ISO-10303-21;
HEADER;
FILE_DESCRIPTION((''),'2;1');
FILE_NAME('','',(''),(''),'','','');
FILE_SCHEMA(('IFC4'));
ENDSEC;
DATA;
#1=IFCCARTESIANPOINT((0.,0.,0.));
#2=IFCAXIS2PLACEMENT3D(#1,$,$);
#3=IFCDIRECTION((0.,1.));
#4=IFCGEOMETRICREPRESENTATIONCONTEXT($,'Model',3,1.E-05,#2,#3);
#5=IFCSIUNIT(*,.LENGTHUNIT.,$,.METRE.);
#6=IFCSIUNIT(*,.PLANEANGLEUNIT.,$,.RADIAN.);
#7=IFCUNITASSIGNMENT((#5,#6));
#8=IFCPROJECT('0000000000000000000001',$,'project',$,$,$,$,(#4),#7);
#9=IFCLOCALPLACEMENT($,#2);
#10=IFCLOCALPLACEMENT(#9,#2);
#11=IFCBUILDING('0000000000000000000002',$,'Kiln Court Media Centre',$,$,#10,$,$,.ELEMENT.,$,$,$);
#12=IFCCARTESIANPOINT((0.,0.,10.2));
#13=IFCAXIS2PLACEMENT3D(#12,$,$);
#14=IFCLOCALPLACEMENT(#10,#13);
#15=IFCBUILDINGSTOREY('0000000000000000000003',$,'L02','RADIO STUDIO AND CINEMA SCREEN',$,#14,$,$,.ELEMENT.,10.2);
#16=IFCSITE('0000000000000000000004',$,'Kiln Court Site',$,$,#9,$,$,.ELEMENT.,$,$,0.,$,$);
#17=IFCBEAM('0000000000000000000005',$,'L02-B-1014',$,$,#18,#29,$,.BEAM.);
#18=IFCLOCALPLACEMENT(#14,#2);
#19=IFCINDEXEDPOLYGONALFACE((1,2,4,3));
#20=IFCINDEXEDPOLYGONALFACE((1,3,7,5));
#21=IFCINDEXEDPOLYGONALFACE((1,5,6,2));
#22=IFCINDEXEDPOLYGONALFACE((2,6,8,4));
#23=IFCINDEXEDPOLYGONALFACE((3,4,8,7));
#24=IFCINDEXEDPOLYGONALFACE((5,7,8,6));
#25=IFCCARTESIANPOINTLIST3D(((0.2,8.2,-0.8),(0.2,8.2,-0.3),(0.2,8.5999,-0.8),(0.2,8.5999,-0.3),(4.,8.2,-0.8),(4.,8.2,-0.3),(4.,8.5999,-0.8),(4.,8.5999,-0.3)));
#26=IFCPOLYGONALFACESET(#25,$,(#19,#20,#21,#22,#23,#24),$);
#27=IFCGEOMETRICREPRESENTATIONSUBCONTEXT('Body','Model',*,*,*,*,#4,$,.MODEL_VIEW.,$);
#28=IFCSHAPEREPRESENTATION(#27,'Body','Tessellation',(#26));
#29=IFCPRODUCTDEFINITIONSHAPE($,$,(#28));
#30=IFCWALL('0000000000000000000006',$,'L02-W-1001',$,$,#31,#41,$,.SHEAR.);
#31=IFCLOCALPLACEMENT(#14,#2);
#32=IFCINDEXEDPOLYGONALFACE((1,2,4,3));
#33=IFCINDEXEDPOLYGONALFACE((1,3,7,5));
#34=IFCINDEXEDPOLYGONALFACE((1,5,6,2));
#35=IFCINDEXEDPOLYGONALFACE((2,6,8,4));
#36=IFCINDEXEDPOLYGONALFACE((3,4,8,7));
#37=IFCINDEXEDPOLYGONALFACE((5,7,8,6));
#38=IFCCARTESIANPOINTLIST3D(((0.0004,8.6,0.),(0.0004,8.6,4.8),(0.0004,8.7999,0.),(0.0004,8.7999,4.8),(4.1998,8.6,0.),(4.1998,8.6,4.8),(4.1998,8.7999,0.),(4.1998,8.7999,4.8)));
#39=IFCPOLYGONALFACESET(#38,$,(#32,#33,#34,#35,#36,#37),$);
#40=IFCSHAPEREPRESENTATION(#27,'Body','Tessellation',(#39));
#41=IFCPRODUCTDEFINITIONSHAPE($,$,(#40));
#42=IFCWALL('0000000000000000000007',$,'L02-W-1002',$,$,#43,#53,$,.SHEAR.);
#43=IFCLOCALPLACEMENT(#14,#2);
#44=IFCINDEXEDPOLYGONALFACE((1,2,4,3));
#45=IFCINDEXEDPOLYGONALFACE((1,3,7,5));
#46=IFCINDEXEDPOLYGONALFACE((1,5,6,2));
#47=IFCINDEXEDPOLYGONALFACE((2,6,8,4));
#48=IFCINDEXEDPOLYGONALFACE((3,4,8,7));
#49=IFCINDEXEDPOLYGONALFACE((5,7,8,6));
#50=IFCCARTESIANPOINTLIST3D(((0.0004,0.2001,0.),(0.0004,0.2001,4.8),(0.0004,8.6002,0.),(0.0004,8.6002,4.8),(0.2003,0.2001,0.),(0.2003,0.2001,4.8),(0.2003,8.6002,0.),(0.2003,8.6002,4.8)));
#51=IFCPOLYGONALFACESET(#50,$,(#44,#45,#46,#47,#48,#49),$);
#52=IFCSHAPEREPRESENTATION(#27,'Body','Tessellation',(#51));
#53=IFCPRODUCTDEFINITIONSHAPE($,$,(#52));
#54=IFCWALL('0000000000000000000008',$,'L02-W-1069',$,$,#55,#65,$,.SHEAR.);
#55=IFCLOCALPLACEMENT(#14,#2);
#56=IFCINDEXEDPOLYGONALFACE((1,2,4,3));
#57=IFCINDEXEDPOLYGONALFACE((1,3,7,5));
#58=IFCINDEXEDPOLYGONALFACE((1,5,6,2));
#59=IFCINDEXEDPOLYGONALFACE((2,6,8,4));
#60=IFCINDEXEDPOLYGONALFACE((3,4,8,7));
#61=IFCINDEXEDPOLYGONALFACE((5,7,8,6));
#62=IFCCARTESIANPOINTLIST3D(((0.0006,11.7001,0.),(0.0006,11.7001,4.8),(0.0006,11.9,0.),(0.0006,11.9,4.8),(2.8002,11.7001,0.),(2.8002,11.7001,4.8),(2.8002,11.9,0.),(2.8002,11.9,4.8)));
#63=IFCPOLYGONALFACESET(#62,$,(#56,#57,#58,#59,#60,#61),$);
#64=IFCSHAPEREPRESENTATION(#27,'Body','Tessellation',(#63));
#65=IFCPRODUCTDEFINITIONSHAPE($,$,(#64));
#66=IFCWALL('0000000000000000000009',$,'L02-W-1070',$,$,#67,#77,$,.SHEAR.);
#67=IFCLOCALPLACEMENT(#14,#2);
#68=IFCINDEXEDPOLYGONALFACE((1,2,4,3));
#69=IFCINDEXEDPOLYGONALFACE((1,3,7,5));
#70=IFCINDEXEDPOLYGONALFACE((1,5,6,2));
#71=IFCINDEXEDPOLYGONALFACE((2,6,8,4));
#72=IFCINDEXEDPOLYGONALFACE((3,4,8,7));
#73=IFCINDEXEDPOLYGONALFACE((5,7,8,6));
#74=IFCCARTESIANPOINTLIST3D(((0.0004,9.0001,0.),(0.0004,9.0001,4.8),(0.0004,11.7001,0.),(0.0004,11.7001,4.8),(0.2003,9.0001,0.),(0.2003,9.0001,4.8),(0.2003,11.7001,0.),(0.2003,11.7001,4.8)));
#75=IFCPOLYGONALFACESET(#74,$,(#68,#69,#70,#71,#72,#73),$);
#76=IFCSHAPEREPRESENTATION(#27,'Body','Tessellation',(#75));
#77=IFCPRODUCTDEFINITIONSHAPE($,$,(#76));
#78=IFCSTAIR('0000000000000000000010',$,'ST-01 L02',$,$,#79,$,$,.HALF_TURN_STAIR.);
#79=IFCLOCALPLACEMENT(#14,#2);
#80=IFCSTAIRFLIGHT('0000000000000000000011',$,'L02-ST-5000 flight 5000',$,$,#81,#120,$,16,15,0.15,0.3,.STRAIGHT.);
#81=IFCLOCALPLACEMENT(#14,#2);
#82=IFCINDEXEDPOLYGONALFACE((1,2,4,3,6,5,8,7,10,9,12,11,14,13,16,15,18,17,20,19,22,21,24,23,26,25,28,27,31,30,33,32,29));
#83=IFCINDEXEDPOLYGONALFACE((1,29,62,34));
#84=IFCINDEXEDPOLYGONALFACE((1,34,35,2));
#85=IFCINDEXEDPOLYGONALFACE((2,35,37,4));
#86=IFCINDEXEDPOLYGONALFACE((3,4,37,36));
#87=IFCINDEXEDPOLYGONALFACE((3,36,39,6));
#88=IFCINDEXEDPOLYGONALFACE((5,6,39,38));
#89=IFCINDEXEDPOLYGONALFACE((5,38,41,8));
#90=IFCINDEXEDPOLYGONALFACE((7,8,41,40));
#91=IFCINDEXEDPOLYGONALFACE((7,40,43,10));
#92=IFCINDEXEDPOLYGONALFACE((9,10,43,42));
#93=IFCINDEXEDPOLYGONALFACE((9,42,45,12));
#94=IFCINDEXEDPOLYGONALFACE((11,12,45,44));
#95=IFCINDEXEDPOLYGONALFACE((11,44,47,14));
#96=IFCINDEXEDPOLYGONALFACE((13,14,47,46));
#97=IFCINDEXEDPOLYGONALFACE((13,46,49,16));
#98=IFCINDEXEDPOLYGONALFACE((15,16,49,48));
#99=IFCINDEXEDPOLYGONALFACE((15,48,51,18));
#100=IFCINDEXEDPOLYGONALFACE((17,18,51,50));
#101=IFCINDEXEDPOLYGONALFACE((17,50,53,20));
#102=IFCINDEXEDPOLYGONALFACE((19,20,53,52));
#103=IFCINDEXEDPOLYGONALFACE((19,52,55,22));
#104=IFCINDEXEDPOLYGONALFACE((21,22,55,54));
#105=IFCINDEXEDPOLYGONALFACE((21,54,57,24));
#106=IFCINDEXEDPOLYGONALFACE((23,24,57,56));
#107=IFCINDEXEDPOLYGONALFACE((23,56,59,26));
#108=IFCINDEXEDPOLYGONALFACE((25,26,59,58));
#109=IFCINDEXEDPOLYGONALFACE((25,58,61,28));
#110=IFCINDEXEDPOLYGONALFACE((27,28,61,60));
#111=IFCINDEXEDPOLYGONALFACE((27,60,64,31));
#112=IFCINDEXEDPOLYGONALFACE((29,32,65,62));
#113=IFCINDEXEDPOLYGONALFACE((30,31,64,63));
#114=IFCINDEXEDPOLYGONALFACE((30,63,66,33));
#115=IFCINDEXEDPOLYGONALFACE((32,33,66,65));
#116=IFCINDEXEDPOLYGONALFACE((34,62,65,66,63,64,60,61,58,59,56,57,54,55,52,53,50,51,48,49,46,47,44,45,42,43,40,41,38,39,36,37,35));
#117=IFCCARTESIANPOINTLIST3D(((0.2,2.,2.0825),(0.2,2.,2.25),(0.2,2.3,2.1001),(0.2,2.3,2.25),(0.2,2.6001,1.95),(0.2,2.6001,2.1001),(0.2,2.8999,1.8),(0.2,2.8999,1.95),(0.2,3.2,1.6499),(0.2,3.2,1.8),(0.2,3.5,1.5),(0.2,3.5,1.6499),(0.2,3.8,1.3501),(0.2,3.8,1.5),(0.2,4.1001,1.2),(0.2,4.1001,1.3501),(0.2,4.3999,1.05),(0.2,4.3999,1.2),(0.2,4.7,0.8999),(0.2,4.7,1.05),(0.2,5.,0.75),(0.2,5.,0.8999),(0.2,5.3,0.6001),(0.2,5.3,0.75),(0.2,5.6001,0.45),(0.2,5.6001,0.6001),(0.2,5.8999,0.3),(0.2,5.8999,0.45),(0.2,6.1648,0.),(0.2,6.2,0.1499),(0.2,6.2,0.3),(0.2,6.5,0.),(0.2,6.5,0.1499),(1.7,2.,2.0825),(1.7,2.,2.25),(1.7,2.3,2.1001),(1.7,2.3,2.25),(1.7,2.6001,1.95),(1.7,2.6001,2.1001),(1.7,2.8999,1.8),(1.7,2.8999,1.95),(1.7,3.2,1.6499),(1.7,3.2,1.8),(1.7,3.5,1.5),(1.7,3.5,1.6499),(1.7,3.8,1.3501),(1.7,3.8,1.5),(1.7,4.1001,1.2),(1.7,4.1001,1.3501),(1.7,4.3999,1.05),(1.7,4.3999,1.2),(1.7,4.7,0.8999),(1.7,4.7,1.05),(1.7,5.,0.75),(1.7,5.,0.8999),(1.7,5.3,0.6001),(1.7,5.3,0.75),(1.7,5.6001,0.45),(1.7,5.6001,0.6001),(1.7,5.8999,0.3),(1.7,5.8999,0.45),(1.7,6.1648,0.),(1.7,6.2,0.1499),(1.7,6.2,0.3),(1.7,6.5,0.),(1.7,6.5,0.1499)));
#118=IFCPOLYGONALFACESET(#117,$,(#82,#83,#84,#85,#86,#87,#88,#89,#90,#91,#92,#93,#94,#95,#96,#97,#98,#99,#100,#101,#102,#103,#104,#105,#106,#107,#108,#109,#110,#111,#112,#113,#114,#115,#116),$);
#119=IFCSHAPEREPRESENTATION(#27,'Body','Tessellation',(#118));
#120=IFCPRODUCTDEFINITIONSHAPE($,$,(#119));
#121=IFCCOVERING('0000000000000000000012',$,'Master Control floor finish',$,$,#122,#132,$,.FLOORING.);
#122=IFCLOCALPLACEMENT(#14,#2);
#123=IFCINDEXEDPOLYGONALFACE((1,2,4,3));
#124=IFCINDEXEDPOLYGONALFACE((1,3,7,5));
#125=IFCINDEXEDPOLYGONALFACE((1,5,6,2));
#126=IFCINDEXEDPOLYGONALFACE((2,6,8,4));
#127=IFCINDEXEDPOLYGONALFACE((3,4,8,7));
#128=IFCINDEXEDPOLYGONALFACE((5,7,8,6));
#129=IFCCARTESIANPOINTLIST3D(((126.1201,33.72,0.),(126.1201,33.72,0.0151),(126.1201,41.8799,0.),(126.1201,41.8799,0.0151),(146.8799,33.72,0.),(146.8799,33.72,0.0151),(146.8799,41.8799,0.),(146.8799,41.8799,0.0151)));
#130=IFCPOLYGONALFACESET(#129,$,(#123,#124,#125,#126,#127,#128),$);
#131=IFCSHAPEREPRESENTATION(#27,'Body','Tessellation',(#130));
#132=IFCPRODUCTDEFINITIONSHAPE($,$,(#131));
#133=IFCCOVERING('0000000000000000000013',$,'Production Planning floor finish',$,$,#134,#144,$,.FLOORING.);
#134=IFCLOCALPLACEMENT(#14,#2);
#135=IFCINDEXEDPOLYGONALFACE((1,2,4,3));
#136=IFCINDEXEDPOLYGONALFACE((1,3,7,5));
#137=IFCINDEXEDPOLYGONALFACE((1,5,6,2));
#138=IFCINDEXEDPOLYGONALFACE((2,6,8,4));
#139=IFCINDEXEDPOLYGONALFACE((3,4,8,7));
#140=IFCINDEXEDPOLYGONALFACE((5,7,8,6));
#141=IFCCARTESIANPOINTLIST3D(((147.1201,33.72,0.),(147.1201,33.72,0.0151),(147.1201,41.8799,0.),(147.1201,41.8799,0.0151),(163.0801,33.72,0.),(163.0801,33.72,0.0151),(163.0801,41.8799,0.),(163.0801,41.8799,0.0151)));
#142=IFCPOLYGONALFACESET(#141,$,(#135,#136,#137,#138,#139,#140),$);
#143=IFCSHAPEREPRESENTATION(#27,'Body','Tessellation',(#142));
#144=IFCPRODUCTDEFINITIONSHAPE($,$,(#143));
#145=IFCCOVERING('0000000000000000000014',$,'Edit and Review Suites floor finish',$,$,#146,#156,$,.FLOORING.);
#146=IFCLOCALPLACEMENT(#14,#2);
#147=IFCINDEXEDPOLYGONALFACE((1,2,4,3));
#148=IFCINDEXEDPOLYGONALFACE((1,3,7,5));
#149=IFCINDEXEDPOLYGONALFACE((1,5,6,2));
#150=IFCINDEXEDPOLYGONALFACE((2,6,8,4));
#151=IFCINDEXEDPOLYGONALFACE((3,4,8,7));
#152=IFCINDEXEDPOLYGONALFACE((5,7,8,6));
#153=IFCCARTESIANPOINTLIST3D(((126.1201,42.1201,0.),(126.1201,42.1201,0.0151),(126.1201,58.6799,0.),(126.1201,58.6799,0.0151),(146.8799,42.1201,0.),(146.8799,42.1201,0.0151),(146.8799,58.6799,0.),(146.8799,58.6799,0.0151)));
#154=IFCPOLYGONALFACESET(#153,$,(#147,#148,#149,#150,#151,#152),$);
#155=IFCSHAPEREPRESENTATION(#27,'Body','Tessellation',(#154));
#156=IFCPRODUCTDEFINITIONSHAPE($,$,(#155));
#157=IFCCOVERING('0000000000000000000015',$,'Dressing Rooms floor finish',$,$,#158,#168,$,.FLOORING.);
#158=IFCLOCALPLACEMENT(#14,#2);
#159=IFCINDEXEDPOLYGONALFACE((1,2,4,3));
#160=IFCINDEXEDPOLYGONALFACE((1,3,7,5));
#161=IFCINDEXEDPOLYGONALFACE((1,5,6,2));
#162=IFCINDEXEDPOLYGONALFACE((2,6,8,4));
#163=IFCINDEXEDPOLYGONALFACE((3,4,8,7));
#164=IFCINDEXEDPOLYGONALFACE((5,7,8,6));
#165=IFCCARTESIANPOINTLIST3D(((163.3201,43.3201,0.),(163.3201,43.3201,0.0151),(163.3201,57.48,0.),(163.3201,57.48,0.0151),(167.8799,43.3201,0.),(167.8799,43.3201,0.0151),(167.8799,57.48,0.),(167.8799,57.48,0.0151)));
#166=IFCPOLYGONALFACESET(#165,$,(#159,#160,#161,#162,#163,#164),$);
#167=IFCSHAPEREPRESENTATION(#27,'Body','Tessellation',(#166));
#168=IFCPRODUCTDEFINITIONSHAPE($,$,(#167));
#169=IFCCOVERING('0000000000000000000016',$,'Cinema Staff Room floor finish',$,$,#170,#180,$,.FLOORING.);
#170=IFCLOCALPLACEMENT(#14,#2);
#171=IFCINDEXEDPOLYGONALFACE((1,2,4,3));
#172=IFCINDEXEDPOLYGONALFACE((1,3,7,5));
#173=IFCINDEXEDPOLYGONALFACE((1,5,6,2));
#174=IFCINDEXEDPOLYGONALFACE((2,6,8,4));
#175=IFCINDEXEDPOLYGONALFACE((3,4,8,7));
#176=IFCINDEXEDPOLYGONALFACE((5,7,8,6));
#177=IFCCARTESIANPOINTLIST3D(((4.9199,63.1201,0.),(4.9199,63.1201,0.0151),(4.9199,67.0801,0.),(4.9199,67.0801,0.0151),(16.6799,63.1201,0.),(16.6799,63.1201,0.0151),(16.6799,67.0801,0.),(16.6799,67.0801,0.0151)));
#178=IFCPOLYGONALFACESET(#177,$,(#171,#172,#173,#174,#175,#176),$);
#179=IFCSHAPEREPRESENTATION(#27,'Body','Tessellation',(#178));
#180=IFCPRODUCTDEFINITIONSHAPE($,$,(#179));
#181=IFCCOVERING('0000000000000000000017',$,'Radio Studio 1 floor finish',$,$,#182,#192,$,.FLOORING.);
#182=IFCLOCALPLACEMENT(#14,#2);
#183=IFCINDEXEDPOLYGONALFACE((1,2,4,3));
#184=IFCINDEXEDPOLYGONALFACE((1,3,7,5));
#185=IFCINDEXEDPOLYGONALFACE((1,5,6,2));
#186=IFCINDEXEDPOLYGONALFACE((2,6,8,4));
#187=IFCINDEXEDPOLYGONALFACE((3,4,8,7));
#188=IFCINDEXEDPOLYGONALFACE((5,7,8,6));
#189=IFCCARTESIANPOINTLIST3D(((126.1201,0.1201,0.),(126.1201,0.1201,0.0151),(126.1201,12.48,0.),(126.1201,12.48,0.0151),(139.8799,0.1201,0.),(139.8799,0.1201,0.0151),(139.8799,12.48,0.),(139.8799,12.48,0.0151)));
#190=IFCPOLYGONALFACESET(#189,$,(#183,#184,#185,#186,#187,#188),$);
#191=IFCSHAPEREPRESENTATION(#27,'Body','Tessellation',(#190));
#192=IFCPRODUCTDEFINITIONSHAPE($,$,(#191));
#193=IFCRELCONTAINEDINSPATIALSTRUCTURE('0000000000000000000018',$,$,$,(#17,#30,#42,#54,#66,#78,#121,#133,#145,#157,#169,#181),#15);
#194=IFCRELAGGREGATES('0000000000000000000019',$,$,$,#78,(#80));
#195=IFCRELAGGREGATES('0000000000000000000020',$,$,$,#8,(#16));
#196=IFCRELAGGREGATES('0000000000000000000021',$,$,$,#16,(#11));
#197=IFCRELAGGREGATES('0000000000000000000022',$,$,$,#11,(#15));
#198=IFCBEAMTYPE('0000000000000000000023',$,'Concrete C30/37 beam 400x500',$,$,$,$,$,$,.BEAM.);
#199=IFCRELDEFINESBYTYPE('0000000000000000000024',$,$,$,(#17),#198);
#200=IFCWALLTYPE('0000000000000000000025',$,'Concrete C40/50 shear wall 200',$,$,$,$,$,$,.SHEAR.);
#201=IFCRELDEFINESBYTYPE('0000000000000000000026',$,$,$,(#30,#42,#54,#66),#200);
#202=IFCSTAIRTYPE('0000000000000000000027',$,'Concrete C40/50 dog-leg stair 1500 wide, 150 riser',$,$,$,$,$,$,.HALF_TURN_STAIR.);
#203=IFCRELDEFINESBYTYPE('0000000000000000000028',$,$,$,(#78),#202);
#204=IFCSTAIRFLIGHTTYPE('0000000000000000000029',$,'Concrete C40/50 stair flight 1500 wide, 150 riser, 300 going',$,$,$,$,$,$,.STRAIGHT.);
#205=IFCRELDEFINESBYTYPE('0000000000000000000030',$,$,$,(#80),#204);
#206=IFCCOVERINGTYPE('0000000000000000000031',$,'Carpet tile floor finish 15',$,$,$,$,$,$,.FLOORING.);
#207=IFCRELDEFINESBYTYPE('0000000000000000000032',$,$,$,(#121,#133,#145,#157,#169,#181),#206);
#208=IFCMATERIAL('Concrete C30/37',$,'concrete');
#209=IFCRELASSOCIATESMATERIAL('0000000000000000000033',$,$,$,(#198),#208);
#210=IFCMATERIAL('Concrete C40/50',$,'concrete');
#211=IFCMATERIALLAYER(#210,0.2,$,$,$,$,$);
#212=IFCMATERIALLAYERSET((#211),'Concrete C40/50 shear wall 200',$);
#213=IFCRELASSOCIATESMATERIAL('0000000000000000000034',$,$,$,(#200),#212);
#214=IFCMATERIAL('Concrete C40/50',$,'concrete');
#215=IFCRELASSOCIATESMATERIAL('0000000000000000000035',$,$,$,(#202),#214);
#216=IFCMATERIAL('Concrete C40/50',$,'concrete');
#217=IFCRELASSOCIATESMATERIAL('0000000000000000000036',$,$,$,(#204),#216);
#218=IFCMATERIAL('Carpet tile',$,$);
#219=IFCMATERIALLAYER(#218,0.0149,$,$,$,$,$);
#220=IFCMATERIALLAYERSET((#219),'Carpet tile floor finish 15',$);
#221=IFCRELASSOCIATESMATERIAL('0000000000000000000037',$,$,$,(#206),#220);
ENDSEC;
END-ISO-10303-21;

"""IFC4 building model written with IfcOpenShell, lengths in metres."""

from ifc_helpers import new_model, si_unit, direction, frame, frame_2d, origin, origin_2d, place, context, subcontext, project, spatial, polyline, rectangle, outline, extrude, material, layer, layer_set, material_profile, profile_set, type_object, element, aggregate, save


model = new_model("IFC4")

# Units and contexts
model_context = context("Model", 3, precision=1e-05, world=origin(), true_north=direction((0.0, 1.0)))
body_context = subcontext(model_context, "Body", "Model", "MODEL_VIEW")
ifc_project = project(units=[si_unit("LENGTHUNIT", "METRE"), si_unit("PLANEANGLEUNIT", "RADIAN")], contexts=[model_context])

# Site, building, storey
site_placement = place(None, origin())
site = spatial("IfcSite", under=ifc_project, at=site_placement, Name="Kiln Court Site", CompositionType="ELEMENT", RefElevation=0.0)
building_placement = place(site_placement, origin())
building = spatial("IfcBuilding", under=site, at=building_placement, Name="Kiln Court Media Centre", CompositionType="ELEMENT")
storey_placement = place(building_placement, frame((0.0, 0.0, 10.2)))
storey = spatial("IfcBuildingStorey", under=building, at=storey_placement, Name="L02", Description="RADIO STUDIO AND CINEMA SCREEN", CompositionType="ELEMENT", Elevation=10.2)

# Beam
ifc_material_1 = material(Name="Concrete C30/37", Category="concrete")
ifc_material_profile = material_profile(ifc_material_1, rectangle(XDim=0.3999, YDim=0.5, at=origin_2d()), Name="RC 400x500")
ifc_profile_set = profile_set([ifc_material_profile], Name="Concrete C30/37")
beam_type = type_object("IfcBeamType", Name="Concrete C30/37 beam 400x500", PredefinedType="BEAM", material=ifc_profile_set)
beam_placement = place(storey_placement, frame((0.2, 8.3999, -0.55), z_axis=(1.0, 0.0, 0.0), x_axis=(0.0, 1.0, 0.0)))
element("IfcBeam", 1, at=beam_placement, inside=storey, type_object=beam_type, Name="L02-B-1014", PredefinedType="BEAM", context=body_context, shape_type="SweptSolid", body=[
    extrude(rectangle(XDim=0.3999, YDim=0.5, at=origin_2d()), origin(), (0.0, 0.0, 1.0), 3.8),
])

# Walls
ifc_material_2 = material(Name="Concrete C40/50", Category="concrete")
ifc_layer_1 = layer(ifc_material_2, 0.2)
ifc_layer_set_1 = layer_set([ifc_layer_1], Name="Concrete C40/50 shear wall 200")
wall_type = type_object("IfcWallType", Name="Concrete C40/50 shear wall 200", PredefinedType="SHEAR", material=ifc_layer_set_1)
wall_1_placement = place(storey_placement, frame((0.0005, 8.7, 0.0), z_axis=(0.0, 0.0, 1.0), x_axis=(1.0, 0.0, 0.0)))
element("IfcWall", 2, at=wall_1_placement, inside=storey, type_object=wall_type, Name="L02-W-1001", PredefinedType="SHEAR", context=body_context, shape_type="SweptSolid", body=[
    extrude(rectangle(XDim=4.1995, YDim=0.2, at=frame_2d((2.0996, 0.0))), origin(), (0.0, 0.0, 1.0), 4.8),
])
wall_2_placement = place(storey_placement, frame((0.1003, 0.2, 0.0), z_axis=(0.0, 0.0, 1.0), x_axis=(0.0, 1.0, 0.0)))
element("IfcWall", 3, at=wall_2_placement, inside=storey, type_object=wall_type, Name="L02-W-1002", PredefinedType="SHEAR", context=body_context, shape_type="SweptSolid", body=[
    extrude(rectangle(XDim=8.4001, YDim=0.2, at=frame_2d((4.2002, 0.0))), origin(), (0.0, 0.0, 1.0), 4.8),
])
wall_3_placement = place(storey_placement, frame((0.0005, 11.8, 0.0), z_axis=(0.0, 0.0, 1.0), x_axis=(1.0, 0.0, 0.0)))
element("IfcWall", 4, at=wall_3_placement, inside=storey, type_object=wall_type, Name="L02-W-1069", PredefinedType="SHEAR", context=body_context, shape_type="SweptSolid", body=[
    extrude(rectangle(XDim=2.7996, YDim=0.2, at=frame_2d((1.3999, 0.0))), origin(), (0.0, 0.0, 1.0), 4.8),
])
wall_4_placement = place(storey_placement, frame((0.1003, 9.0, 0.0), z_axis=(0.0, 0.0, 1.0), x_axis=(0.0, 1.0, 0.0)))
element("IfcWall", 5, at=wall_4_placement, inside=storey, type_object=wall_type, Name="L02-W-1070", PredefinedType="SHEAR", context=body_context, shape_type="SweptSolid", body=[
    extrude(rectangle(XDim=2.7, YDim=0.2, at=frame_2d((1.3501, 0.0))), origin(), (0.0, 0.0, 1.0), 4.8),
])

# Stair, stair flight
ifc_material_3 = material(Name="Concrete C40/50", Category="concrete")
stair_type = type_object("IfcStairType", Name="Concrete C40/50 dog-leg stair 1500 wide, 150 riser", PredefinedType="HALF_TURN_STAIR", material=ifc_material_3)
stair_placement = place(storey_placement, origin())
stair = element("IfcStair", 6, at=stair_placement, inside=storey, type_object=stair_type, Name="ST-01 L02", PredefinedType="HALF_TURN_STAIR")
ifc_material_4 = material(Name="Concrete C40/50", Category="concrete")
stair_flight_type = type_object("IfcStairFlightType", Name="Concrete C40/50 stair flight 1500 wide, 150 riser, 300 going", PredefinedType="STRAIGHT", material=ifc_material_4)
stair_flight_placement = place(storey_placement, frame((0.95, 6.5, 0.0), z_axis=(0.0, 0.0, 1.0), x_axis=(0.0, -1.0, 0.0)))
stair_flight = element("IfcStairFlight", 7, at=stair_flight_placement, type_object=stair_flight_type, Name="L02-ST-5000 flight 5000", NumberOfRisers=16, NumberOfTreads=15, PredefinedType="STRAIGHT", RiserHeight=0.15, TreadLength=0.3, context=body_context, shape_type="SweptSolid", body=[
    extrude(outline(polyline([(0.0, 0.0), (0.0, 0.1499), (0.3, 0.1499), (0.3, 0.3), (0.6001, 0.3), (0.6001, 0.45), (0.8999, 0.45), (0.8999, 0.6001), (1.2, 0.6001), (1.2, 0.75), (1.5, 0.75), (1.5, 0.8999), (1.8, 0.8999), (1.8, 1.05), (2.1001, 1.05), (2.1001, 1.2), (2.3999, 1.2), (2.3999, 1.3501), (2.7, 1.3501), (2.7, 1.5), (3.0, 1.5), (3.0, 1.6499), (3.3, 1.6499), (3.3, 1.8), (3.6001, 1.8), (3.6001, 1.95), (3.8999, 1.95), (3.8999, 2.1001), (4.2, 2.1001), (4.2, 2.25), (4.5, 2.25), (4.5, 2.3999), (4.5, 2.0825), (0.3352, 0.0), (0.0, 0.0)])), frame((0.0, 0.75, 0.0), z_axis=(0.0, -1.0, 0.0), x_axis=(1.0, 0.0, 0.0)), (0.0, 0.0, 1.0), 1.5),
])
aggregate(stair, [stair_flight])

# Coverings
ifc_material_5 = material(Name="Carpet tile")
ifc_layer_2 = layer(ifc_material_5, 0.0149)
ifc_layer_set_2 = layer_set([ifc_layer_2], Name="Carpet tile floor finish 15")
covering_type_1 = type_object("IfcCoveringType", Name="Carpet tile floor finish 15", PredefinedType="FLOORING", material=ifc_layer_set_2)
covering_1_placement = place(storey_placement, origin())
element("IfcCovering", 8, at=covering_1_placement, inside=storey, type_object=covering_type_1, Name="Master Control floor finish", PredefinedType="FLOORING", context=body_context, shape_type="SweptSolid", body=[
    extrude(outline(polyline([(126.1201, 33.72), (146.8799, 33.72), (146.8799, 41.8799), (126.1201, 41.8799), (126.1201, 33.72)])), origin(), (0.0, 0.0, 1.0), 0.0151),
])
covering_2_placement = place(storey_placement, origin())
element("IfcCovering", 9, at=covering_2_placement, inside=storey, type_object=covering_type_1, Name="Production Planning floor finish", PredefinedType="FLOORING", context=body_context, shape_type="SweptSolid", body=[
    extrude(outline(polyline([(147.1201, 33.72), (163.0801, 33.72), (163.0801, 41.8799), (147.1201, 41.8799), (147.1201, 33.72)])), origin(), (0.0, 0.0, 1.0), 0.0151),
])
covering_3_placement = place(storey_placement, origin())
element("IfcCovering", 10, at=covering_3_placement, inside=storey, type_object=covering_type_1, Name="Edit and Review Suites floor finish", PredefinedType="FLOORING", context=body_context, shape_type="SweptSolid", body=[
    extrude(outline(polyline([(126.1201, 42.1201), (146.8799, 42.1201), (146.8799, 58.6799), (126.1201, 58.6799), (126.1201, 42.1201)])), origin(), (0.0, 0.0, 1.0), 0.0151),
])
covering_4_placement = place(storey_placement, origin())
element("IfcCovering", 11, at=covering_4_placement, inside=storey, type_object=covering_type_1, Name="Dressing Rooms floor finish", PredefinedType="FLOORING", context=body_context, shape_type="SweptSolid", body=[
    extrude(outline(polyline([(167.8799, 43.3201), (167.8799, 57.48), (163.3201, 57.48), (163.3201, 43.3201), (167.8799, 43.3201)])), origin(), (0.0, 0.0, 1.0), 0.0151),
])
covering_5_placement = place(storey_placement, origin())
element("IfcCovering", 12, at=covering_5_placement, inside=storey, type_object=covering_type_1, Name="Cinema Staff Room floor finish", PredefinedType="FLOORING", context=body_context, shape_type="SweptSolid", body=[
    extrude(outline(polyline([(16.6799, 67.0801), (4.9199, 67.0801), (4.9199, 63.1201), (16.6799, 63.1201), (16.6799, 67.0801)])), origin(), (0.0, 0.0, 1.0), 0.0151),
])
covering_6_placement = place(storey_placement, origin())
element("IfcCovering", 13, at=covering_6_placement, inside=storey, type_object=covering_type_1, Name="Radio Studio 1 floor finish", PredefinedType="FLOORING", context=body_context, shape_type="SweptSolid", body=[
    extrude(outline(polyline([(126.1201, 0.1201), (139.8799, 0.1201), (139.8799, 12.48), (126.1201, 12.48), (126.1201, 0.1201)])), origin(), (0.0, 0.0, 1.0), 0.0151),
])

save(model, "model.ifc")
